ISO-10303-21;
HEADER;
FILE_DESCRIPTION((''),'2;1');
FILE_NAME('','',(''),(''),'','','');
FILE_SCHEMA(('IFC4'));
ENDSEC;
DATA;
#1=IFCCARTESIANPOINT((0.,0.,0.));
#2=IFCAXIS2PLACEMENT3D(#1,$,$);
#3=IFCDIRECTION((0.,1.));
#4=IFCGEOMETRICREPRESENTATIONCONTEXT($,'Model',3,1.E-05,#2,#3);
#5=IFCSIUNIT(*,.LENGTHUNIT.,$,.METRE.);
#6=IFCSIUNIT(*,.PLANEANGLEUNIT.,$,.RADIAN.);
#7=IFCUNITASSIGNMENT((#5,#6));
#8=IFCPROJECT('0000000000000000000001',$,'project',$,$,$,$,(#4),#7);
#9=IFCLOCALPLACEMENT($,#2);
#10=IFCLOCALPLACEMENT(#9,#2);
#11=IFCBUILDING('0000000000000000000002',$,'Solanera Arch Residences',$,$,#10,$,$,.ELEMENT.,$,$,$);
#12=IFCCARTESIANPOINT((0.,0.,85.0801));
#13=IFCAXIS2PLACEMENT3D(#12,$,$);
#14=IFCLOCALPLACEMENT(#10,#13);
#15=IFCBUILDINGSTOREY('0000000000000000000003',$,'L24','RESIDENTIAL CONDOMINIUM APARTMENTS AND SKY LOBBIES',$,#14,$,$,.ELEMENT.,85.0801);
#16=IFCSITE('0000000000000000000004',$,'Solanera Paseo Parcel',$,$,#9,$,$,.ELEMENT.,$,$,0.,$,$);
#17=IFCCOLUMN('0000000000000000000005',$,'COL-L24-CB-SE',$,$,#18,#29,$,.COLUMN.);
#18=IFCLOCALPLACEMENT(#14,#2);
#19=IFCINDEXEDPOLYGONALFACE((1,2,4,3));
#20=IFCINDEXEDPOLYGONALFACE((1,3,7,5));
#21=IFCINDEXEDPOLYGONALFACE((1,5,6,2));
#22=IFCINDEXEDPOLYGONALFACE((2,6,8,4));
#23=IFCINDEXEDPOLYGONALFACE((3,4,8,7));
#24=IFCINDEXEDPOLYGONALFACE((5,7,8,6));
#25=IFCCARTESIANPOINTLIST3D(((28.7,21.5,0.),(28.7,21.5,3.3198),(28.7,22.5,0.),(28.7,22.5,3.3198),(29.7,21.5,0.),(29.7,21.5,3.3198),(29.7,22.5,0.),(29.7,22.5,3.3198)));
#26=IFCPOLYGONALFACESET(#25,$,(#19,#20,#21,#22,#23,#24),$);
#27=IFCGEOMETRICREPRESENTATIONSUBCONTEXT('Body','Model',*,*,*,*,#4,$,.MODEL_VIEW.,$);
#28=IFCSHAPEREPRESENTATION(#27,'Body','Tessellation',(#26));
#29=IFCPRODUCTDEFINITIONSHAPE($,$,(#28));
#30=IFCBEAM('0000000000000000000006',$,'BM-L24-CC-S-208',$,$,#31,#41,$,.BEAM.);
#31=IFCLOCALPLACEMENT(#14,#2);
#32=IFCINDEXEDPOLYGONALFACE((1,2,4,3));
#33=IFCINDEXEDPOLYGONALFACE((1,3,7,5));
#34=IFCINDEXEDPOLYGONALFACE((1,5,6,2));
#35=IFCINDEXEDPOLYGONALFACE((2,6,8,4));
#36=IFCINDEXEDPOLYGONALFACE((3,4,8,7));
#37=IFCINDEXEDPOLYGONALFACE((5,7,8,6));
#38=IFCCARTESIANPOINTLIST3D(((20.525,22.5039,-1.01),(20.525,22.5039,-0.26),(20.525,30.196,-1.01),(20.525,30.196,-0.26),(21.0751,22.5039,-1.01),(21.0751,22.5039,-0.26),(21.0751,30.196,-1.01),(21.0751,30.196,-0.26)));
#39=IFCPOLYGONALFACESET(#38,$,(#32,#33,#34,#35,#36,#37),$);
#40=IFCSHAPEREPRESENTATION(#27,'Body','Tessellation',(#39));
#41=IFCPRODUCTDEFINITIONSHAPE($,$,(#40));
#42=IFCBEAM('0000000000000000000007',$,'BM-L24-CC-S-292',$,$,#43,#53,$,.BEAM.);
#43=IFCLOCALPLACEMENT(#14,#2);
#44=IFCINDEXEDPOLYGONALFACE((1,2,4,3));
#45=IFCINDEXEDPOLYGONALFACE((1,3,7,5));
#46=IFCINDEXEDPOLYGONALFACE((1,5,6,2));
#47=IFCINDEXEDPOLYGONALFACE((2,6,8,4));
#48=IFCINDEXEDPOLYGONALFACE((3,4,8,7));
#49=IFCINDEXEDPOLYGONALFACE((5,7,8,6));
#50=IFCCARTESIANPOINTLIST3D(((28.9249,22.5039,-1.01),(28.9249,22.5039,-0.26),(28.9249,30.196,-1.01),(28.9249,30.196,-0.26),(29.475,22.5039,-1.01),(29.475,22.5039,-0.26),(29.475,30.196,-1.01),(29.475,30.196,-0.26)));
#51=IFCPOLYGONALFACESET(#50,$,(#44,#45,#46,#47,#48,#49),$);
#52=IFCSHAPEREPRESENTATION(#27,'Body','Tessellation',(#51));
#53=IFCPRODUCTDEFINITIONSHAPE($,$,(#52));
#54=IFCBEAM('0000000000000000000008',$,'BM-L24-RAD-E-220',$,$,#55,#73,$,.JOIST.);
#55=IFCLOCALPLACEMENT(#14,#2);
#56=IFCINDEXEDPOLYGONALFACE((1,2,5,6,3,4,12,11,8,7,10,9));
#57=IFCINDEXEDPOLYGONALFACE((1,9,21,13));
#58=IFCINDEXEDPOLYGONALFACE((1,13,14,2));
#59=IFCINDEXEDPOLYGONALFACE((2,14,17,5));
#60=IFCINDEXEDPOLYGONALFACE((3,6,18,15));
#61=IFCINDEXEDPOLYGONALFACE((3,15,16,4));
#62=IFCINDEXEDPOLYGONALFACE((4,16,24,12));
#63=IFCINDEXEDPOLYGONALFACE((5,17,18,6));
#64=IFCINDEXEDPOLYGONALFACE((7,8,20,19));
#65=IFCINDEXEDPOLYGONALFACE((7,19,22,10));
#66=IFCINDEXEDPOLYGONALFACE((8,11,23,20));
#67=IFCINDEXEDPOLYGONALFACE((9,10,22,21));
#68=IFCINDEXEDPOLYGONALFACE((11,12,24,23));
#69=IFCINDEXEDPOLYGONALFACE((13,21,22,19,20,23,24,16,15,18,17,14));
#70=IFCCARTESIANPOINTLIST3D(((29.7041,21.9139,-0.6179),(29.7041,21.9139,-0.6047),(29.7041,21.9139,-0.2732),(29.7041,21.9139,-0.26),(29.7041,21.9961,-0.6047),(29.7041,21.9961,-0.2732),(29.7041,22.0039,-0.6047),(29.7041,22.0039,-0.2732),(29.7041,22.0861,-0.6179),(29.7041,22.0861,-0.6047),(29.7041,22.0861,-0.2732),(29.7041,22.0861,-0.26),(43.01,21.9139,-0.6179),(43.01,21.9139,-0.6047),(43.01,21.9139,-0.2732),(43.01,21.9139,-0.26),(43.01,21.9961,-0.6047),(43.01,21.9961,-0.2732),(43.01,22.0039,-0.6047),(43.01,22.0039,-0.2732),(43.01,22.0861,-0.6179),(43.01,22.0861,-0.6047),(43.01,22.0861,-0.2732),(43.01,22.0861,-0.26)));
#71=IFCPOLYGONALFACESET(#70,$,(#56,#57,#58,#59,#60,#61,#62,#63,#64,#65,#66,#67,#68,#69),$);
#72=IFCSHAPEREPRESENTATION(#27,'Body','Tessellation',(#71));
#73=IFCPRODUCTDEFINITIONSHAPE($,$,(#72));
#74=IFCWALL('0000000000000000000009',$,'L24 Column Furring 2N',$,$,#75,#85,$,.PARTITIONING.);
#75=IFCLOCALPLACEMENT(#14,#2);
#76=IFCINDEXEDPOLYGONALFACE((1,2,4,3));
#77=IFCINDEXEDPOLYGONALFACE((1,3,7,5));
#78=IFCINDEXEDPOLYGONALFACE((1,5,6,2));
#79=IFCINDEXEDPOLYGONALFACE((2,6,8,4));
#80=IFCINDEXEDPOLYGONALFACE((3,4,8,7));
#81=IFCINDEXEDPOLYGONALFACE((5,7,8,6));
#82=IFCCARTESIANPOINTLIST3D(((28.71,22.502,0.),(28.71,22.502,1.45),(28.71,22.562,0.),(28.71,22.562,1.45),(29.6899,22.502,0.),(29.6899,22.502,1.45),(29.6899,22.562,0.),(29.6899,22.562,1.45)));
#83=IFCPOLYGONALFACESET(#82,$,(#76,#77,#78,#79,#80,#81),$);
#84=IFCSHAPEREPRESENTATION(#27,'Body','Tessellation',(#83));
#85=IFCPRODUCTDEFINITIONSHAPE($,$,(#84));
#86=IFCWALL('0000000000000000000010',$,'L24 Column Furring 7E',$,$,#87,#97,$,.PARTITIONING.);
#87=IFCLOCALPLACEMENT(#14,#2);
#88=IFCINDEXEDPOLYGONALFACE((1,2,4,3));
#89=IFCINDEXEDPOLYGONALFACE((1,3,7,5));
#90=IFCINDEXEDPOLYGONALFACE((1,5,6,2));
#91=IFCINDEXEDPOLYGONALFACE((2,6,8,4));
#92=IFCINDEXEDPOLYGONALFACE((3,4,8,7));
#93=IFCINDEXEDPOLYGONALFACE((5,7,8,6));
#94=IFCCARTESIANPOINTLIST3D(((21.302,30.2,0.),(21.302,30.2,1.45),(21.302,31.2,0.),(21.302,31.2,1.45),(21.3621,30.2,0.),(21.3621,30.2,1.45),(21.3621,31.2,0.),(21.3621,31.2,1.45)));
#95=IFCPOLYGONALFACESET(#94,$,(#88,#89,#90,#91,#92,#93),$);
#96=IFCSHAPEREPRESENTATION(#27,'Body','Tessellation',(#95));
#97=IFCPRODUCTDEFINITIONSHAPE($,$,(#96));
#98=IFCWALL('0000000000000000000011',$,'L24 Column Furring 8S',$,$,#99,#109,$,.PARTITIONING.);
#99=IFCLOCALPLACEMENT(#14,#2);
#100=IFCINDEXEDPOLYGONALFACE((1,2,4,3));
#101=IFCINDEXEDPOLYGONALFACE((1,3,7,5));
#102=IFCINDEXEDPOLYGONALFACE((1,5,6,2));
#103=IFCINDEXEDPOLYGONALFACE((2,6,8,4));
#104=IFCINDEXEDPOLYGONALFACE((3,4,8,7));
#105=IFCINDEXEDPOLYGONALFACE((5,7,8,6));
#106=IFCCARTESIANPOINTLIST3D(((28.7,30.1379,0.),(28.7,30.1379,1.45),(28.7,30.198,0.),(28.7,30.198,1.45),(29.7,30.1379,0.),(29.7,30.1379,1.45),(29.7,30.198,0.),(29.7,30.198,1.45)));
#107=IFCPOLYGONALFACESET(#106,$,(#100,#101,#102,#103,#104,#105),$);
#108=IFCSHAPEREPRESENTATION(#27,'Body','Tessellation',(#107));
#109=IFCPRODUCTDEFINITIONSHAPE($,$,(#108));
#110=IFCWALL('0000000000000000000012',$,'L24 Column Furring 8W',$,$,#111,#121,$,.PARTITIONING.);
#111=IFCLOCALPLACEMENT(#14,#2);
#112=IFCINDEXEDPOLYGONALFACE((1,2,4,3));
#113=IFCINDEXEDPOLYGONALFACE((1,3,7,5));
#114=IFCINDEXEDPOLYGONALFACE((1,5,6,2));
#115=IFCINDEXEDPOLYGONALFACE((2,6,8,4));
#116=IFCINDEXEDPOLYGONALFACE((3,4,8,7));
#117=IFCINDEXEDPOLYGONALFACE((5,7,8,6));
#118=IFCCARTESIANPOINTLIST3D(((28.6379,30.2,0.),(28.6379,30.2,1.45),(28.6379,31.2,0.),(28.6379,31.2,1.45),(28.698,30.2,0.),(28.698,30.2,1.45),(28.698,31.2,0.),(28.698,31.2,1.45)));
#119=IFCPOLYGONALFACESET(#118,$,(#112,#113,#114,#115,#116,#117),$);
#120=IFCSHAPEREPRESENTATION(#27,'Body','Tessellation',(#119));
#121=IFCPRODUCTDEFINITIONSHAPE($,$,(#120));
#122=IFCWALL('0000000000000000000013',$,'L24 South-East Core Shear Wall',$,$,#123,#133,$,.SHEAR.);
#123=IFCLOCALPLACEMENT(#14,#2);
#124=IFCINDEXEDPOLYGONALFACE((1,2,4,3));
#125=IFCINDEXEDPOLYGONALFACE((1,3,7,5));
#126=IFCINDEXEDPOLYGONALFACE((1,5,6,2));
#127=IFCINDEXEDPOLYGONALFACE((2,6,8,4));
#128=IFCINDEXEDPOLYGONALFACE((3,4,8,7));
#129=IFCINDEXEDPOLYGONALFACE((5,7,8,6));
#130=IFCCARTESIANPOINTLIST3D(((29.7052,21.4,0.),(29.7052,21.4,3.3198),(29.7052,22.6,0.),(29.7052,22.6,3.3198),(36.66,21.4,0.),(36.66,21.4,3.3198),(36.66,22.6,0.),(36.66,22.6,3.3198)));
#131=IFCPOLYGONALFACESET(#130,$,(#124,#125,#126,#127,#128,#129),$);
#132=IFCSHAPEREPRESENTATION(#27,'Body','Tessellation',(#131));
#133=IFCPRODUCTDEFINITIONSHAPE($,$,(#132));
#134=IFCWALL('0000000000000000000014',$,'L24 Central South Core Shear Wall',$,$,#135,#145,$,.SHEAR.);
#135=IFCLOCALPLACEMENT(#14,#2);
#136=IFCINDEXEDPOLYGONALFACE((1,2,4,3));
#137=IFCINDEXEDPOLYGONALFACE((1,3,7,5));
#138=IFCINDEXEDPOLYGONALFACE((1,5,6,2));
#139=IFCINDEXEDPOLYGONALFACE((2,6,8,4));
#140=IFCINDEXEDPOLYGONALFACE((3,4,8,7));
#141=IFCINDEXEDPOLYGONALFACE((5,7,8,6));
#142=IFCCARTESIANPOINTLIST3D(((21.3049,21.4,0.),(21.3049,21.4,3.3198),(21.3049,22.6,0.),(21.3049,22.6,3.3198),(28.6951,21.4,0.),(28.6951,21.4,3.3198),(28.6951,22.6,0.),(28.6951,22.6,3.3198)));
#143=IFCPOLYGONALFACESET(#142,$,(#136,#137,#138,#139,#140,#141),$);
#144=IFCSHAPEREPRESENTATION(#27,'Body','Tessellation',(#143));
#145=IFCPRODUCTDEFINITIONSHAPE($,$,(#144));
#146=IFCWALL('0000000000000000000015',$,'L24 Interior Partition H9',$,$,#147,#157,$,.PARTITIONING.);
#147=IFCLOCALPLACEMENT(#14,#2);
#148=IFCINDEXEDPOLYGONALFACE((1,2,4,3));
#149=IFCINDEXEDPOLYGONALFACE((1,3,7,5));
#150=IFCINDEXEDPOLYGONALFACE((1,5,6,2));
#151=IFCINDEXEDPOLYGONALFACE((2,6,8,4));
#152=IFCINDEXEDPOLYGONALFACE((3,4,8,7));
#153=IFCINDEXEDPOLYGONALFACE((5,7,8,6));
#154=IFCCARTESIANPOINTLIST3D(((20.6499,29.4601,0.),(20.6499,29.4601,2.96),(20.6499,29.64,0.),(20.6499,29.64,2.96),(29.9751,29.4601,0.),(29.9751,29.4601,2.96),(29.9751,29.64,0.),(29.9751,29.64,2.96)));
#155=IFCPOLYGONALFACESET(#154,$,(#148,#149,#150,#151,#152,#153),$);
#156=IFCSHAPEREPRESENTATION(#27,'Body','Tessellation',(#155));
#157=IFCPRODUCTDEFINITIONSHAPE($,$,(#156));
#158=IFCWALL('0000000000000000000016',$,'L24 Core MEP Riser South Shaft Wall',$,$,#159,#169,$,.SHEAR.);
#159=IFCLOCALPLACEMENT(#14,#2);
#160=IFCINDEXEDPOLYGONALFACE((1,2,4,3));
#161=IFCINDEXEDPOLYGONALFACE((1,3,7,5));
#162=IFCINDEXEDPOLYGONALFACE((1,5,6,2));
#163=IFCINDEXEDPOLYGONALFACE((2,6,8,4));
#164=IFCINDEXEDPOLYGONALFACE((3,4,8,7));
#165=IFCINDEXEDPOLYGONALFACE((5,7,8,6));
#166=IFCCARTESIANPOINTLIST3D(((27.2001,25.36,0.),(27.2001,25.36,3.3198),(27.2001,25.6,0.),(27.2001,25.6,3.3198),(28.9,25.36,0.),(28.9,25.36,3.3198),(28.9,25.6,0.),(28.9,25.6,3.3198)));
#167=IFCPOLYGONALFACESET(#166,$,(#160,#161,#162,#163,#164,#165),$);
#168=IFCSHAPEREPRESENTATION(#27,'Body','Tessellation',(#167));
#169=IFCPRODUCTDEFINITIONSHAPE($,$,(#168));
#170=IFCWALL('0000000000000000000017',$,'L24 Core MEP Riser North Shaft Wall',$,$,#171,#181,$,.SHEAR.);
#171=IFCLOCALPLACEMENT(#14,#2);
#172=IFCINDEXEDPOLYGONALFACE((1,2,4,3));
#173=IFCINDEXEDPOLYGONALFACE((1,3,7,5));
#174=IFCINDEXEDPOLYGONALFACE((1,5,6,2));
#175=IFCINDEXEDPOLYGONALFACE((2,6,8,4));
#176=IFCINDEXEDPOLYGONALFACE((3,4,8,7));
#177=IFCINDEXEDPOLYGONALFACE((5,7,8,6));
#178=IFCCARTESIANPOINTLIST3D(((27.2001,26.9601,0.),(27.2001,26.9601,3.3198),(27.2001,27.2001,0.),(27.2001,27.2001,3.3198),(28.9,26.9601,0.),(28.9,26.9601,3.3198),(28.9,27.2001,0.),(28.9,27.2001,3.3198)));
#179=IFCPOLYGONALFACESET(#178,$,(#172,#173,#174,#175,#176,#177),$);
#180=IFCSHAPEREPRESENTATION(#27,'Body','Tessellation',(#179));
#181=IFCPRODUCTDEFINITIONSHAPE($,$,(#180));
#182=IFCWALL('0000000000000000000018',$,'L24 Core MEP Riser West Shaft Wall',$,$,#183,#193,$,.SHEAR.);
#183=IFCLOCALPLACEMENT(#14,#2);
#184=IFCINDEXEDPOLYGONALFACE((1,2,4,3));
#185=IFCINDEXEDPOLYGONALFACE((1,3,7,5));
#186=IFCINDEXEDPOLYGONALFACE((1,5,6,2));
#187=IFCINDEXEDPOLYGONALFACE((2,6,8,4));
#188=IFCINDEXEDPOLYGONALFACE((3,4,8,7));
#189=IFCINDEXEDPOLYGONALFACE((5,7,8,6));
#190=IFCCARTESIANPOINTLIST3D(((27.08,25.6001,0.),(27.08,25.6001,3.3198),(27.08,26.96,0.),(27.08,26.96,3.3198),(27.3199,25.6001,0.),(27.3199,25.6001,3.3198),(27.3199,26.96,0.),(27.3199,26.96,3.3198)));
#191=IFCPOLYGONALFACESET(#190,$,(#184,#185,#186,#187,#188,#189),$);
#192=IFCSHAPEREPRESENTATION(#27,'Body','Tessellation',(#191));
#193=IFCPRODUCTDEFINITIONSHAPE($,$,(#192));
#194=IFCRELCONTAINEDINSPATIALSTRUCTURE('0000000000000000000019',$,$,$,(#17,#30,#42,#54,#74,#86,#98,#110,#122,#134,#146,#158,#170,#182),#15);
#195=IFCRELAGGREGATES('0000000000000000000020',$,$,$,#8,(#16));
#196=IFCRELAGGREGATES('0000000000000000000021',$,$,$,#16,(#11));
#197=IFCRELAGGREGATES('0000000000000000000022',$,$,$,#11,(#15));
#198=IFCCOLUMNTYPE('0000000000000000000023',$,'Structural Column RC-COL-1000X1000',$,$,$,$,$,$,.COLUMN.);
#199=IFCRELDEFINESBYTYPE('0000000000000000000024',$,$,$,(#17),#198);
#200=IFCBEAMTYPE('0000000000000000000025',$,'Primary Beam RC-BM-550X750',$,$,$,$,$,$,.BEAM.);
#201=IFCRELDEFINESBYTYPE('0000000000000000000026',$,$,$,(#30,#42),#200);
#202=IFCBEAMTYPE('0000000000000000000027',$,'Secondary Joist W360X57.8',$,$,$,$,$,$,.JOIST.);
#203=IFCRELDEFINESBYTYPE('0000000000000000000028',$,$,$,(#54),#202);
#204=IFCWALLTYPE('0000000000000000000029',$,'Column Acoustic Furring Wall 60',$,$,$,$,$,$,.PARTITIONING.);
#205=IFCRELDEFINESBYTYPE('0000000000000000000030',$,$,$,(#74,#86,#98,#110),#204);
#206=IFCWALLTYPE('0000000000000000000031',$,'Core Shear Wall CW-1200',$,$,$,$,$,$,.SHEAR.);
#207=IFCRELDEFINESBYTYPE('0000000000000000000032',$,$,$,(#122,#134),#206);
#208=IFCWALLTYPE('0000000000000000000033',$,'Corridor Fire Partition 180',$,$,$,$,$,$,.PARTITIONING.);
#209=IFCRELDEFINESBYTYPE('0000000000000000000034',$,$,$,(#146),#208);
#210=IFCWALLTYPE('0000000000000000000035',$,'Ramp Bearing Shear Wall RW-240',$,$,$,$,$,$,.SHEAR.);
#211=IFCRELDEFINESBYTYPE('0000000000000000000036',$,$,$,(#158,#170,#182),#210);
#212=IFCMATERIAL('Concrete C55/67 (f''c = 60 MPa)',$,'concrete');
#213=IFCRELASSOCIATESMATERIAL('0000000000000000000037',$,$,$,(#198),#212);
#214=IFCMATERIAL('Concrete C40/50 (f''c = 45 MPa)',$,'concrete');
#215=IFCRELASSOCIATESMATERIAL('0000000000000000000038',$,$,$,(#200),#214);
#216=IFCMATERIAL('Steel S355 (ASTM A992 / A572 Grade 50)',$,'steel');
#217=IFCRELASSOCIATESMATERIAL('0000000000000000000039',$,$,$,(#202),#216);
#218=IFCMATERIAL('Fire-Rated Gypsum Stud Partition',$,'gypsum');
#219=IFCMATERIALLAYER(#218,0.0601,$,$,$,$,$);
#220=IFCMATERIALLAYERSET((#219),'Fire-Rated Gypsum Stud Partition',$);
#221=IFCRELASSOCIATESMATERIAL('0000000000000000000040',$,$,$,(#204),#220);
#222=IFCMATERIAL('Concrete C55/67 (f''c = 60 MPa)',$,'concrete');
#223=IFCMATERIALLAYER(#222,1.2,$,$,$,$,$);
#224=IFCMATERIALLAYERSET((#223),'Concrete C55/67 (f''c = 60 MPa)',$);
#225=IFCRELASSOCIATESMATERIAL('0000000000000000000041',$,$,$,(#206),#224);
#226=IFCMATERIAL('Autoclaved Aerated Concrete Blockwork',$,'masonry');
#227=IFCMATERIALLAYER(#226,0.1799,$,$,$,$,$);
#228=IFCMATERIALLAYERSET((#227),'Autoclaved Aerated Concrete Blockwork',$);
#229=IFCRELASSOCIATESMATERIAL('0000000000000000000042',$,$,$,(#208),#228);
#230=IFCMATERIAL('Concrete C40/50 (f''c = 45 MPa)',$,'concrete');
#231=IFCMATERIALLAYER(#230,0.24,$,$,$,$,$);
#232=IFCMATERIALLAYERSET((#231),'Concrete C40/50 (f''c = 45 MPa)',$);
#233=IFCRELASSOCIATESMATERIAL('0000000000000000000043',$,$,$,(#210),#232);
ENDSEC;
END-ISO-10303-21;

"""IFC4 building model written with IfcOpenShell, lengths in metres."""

from ifc_helpers import new_model, si_unit, direction, frame, frame_2d, origin, origin_2d, place, context, subcontext, project, spatial, rectangle, i_section, extrude, material, layer, layer_set, material_profile, profile_set, type_object, element, save


model = new_model("IFC4")

# Units and contexts
model_context = context("Model", 3, precision=1e-05, world=origin(), true_north=direction((0.0, 1.0)))
body_context = subcontext(model_context, "Body", "Model", "MODEL_VIEW")
ifc_project = project(units=[si_unit("LENGTHUNIT", "METRE"), si_unit("PLANEANGLEUNIT", "RADIAN")], contexts=[model_context])

# Site, building, storey
site_placement = place(None, origin())
site = spatial("IfcSite", under=ifc_project, at=site_placement, Name="Solanera Paseo Parcel", CompositionType="ELEMENT", RefElevation=0.0)
building_placement = place(site_placement, origin())
building = spatial("IfcBuilding", under=site, at=building_placement, Name="Solanera Arch Residences", CompositionType="ELEMENT")
storey_placement = place(building_placement, frame((0.0, 0.0, 85.0801)))
storey = spatial("IfcBuildingStorey", under=building, at=storey_placement, Name="L24", Description="RESIDENTIAL CONDOMINIUM APARTMENTS AND SKY LOBBIES", CompositionType="ELEMENT", Elevation=85.0801)

# Column
ifc_material_1 = material(Name="Concrete C55/67 (f'c = 60 MPa)", Category="concrete")
ifc_material_profile_1 = material_profile(ifc_material_1, rectangle(XDim=1.0, YDim=1.0, at=origin_2d()))
ifc_profile_set_1 = profile_set([ifc_material_profile_1], Name="Concrete C55/67 (f'c = 60 MPa)")
column_type = type_object("IfcColumnType", Name="Structural Column RC-COL-1000X1000", PredefinedType="COLUMN", material=ifc_profile_set_1)
column_placement = place(storey_placement, frame((29.2, 22.0, 0.0), z_axis=(0.0, 0.0, 1.0), x_axis=(1.0, 0.0, 0.0)))
element("IfcColumn", 1, at=column_placement, inside=storey, type_object=column_type, Name="COL-L24-CB-SE", PredefinedType="COLUMN", context=body_context, shape_type="SweptSolid", body=[
    extrude(rectangle(XDim=1.0, YDim=1.0, at=origin_2d()), origin(), (0.0, 0.0, 1.0), 3.3198),
])

# Beams
ifc_material_2 = material(Name="Concrete C40/50 (f'c = 45 MPa)", Category="concrete")
ifc_material_profile_2 = material_profile(ifc_material_2, rectangle(XDim=0.55, YDim=0.75, at=origin_2d()))
ifc_profile_set_2 = profile_set([ifc_material_profile_2], Name="Concrete C40/50 (f'c = 45 MPa)")
beam_type_1 = type_object("IfcBeamType", Name="Primary Beam RC-BM-550X750", PredefinedType="BEAM", material=ifc_profile_set_2)
for number, where, z_axis, x_axis, name in (
    (2, (20.8, 22.5039, -0.635), (0.0, 1.0, 0.0), (-1.0, 0.0, 0.0), "BM-L24-CC-S-208"),
    (3, (29.2, 22.5039, -0.635), (0.0, 1.0, 0.0), (-1.0, 0.0, 0.0), "BM-L24-CC-S-292"),
):
    element("IfcBeam", number, at=place(storey_placement, frame(where, z_axis=z_axis, x_axis=x_axis)), inside=storey, type_object=beam_type_1, Name=name, PredefinedType="BEAM", context=body_context, shape_type="SweptSolid", body=[
        extrude(rectangle(XDim=0.55, YDim=0.75, at=origin_2d()), origin(), (0.0, 0.0, 1.0), 7.6921),
    ])
ifc_material_3 = material(Name="Steel S355 (ASTM A992 / A572 Grade 50)", Category="steel")
ifc_material_profile_3 = material_profile(ifc_material_3, i_section(OverallWidth=0.1721, OverallDepth=0.3579, WebThickness=0.0078, FlangeThickness=0.0132, at=origin_2d()))
ifc_profile_set_3 = profile_set([ifc_material_profile_3], Name="Steel S355 (ASTM A992 / A572 Grade 50)")
beam_type_2 = type_object("IfcBeamType", Name="Secondary Joist W360X57.8", PredefinedType="JOIST", material=ifc_profile_set_3)
beam_placement = place(storey_placement, frame((29.7041, 22.0, -0.439), z_axis=(1.0, 0.0, 0.0), x_axis=(0.0, 1.0, 0.0)))
element("IfcBeam", 4, at=beam_placement, inside=storey, type_object=beam_type_2, Name="BM-L24-RAD-E-220", PredefinedType="JOIST", context=body_context, shape_type="SweptSolid", body=[
    extrude(i_section(OverallWidth=0.1721, OverallDepth=0.3579, WebThickness=0.0078, FlangeThickness=0.0132, at=origin_2d()), origin(), (0.0, 0.0, 1.0), 13.3059),
])

# Walls
ifc_material_4 = material(Name="Fire-Rated Gypsum Stud Partition", Category="gypsum")
ifc_layer_1 = layer(ifc_material_4, 0.0601)
ifc_layer_set_1 = layer_set([ifc_layer_1], Name="Fire-Rated Gypsum Stud Partition")
wall_type_1 = type_object("IfcWallType", Name="Column Acoustic Furring Wall 60", PredefinedType="PARTITIONING", material=ifc_layer_set_1)
wall_1_placement = place(storey_placement, frame((28.71, 22.532, 0.0), z_axis=(0.0, 0.0, 1.0), x_axis=(1.0, 0.0, 0.0)))
element("IfcWall", 5, at=wall_1_placement, inside=storey, type_object=wall_type_1, Name="L24 Column Furring 2N", PredefinedType="PARTITIONING", context=body_context, shape_type="SweptSolid", body=[
    extrude(rectangle(XDim=0.98, YDim=0.0601, at=frame_2d((0.49, 0.0))), origin(), (0.0, 0.0, 1.0), 1.45),
])
for number, where, z_axis, x_axis, name in (
    (6, (21.332, 30.2, 0.0), (0.0, 0.0, 1.0), (0.0, 1.0, 0.0), "L24 Column Furring 7E"),
    (7, (28.7, 30.168, 0.0), (0.0, 0.0, 1.0), (1.0, 0.0, 0.0), "L24 Column Furring 8S"),
    (8, (28.668, 30.2, 0.0), (0.0, 0.0, 1.0), (0.0, 1.0, 0.0), "L24 Column Furring 8W"),
):
    element("IfcWall", number, at=place(storey_placement, frame(where, z_axis=z_axis, x_axis=x_axis)), inside=storey, type_object=wall_type_1, Name=name, PredefinedType="PARTITIONING", context=body_context, shape_type="SweptSolid", body=[
        extrude(rectangle(XDim=1.0, YDim=0.0601, at=frame_2d((0.5, 0.0))), origin(), (0.0, 0.0, 1.0), 1.45),
    ])
ifc_material_5 = material(Name="Concrete C55/67 (f'c = 60 MPa)", Category="concrete")
ifc_layer_2 = layer(ifc_material_5, 1.2)
ifc_layer_set_2 = layer_set([ifc_layer_2], Name="Concrete C55/67 (f'c = 60 MPa)")
wall_type_2 = type_object("IfcWallType", Name="Core Shear Wall CW-1200", PredefinedType="SHEAR", material=ifc_layer_set_2)
wall_2_placement = place(storey_placement, frame((29.7051, 22.0, 0.0), z_axis=(0.0, 0.0, 1.0), x_axis=(1.0, 0.0, 0.0)))
element("IfcWall", 9, at=wall_2_placement, inside=storey, type_object=wall_type_2, Name="L24 South-East Core Shear Wall", PredefinedType="SHEAR", context=body_context, shape_type="SweptSolid", body=[
    extrude(rectangle(XDim=6.9548, YDim=1.2, at=frame_2d((3.4775, 0.0))), origin(), (0.0, 0.0, 1.0), 3.3198),
])
wall_3_placement = place(storey_placement, frame((21.3049, 22.0, 0.0), z_axis=(0.0, 0.0, 1.0), x_axis=(1.0, 0.0, 0.0)))
element("IfcWall", 10, at=wall_3_placement, inside=storey, type_object=wall_type_2, Name="L24 Central South Core Shear Wall", PredefinedType="SHEAR", context=body_context, shape_type="SweptSolid", body=[
    extrude(rectangle(XDim=7.3901, YDim=1.2, at=frame_2d((3.6951, 0.0))), origin(), (0.0, 0.0, 1.0), 3.3198),
])
ifc_material_6 = material(Name="Autoclaved Aerated Concrete Blockwork", Category="masonry")
ifc_layer_3 = layer(ifc_material_6, 0.1799)
ifc_layer_set_3 = layer_set([ifc_layer_3], Name="Autoclaved Aerated Concrete Blockwork")
wall_type_3 = type_object("IfcWallType", Name="Corridor Fire Partition 180", PredefinedType="PARTITIONING", material=ifc_layer_set_3)
wall_4_placement = place(storey_placement, frame((20.6499, 29.55, 0.0), z_axis=(0.0, 0.0, 1.0), x_axis=(1.0, 0.0, 0.0)))
element("IfcWall", 11, at=wall_4_placement, inside=storey, type_object=wall_type_3, Name="L24 Interior Partition H9", PredefinedType="PARTITIONING", context=body_context, shape_type="SweptSolid", body=[
    extrude(rectangle(XDim=9.3252, YDim=0.1799, at=frame_2d((4.6626, 0.0))), origin(), (0.0, 0.0, 1.0), 2.96),
])
ifc_material_7 = material(Name="Concrete C40/50 (f'c = 45 MPa)", Category="concrete")
ifc_layer_4 = layer(ifc_material_7, 0.24)
ifc_layer_set_4 = layer_set([ifc_layer_4], Name="Concrete C40/50 (f'c = 45 MPa)")
wall_type_4 = type_object("IfcWallType", Name="Ramp Bearing Shear Wall RW-240", PredefinedType="SHEAR", material=ifc_layer_set_4)
for number, where, z_axis, x_axis, name in (
    (12, (27.2, 25.48, 0.0), (0.0, 0.0, 1.0), (1.0, 0.0, 0.0), "L24 Core MEP Riser South Shaft Wall"),
    (13, (27.2, 27.0801, 0.0), (0.0, 0.0, 1.0), (1.0, 0.0, 0.0), "L24 Core MEP Riser North Shaft Wall"),
):
    element("IfcWall", number, at=place(storey_placement, frame(where, z_axis=z_axis, x_axis=x_axis)), inside=storey, type_object=wall_type_4, Name=name, PredefinedType="SHEAR", context=body_context, shape_type="SweptSolid", body=[
        extrude(rectangle(XDim=1.7, YDim=0.24, at=frame_2d((0.8501, 0.0))), origin(), (0.0, 0.0, 1.0), 3.3198),
    ])
for number, where, z_axis, x_axis, name in (
    (14, (27.2, 25.6001, 0.0), (0.0, 0.0, 1.0), (0.0, 1.0, 0.0), "L24 Core MEP Riser West Shaft Wall"),
):
    element("IfcWall", number, at=place(storey_placement, frame(where, z_axis=z_axis, x_axis=x_axis)), inside=storey, type_object=wall_type_4, Name=name, PredefinedType="SHEAR", context=body_context, shape_type="SweptSolid", body=[
        extrude(rectangle(XDim=1.3599, YDim=0.24, at=frame_2d((0.6799, 0.0))), origin(), (0.0, 0.0, 1.0), 3.3198),
    ])

save(model, "model.ifc")
